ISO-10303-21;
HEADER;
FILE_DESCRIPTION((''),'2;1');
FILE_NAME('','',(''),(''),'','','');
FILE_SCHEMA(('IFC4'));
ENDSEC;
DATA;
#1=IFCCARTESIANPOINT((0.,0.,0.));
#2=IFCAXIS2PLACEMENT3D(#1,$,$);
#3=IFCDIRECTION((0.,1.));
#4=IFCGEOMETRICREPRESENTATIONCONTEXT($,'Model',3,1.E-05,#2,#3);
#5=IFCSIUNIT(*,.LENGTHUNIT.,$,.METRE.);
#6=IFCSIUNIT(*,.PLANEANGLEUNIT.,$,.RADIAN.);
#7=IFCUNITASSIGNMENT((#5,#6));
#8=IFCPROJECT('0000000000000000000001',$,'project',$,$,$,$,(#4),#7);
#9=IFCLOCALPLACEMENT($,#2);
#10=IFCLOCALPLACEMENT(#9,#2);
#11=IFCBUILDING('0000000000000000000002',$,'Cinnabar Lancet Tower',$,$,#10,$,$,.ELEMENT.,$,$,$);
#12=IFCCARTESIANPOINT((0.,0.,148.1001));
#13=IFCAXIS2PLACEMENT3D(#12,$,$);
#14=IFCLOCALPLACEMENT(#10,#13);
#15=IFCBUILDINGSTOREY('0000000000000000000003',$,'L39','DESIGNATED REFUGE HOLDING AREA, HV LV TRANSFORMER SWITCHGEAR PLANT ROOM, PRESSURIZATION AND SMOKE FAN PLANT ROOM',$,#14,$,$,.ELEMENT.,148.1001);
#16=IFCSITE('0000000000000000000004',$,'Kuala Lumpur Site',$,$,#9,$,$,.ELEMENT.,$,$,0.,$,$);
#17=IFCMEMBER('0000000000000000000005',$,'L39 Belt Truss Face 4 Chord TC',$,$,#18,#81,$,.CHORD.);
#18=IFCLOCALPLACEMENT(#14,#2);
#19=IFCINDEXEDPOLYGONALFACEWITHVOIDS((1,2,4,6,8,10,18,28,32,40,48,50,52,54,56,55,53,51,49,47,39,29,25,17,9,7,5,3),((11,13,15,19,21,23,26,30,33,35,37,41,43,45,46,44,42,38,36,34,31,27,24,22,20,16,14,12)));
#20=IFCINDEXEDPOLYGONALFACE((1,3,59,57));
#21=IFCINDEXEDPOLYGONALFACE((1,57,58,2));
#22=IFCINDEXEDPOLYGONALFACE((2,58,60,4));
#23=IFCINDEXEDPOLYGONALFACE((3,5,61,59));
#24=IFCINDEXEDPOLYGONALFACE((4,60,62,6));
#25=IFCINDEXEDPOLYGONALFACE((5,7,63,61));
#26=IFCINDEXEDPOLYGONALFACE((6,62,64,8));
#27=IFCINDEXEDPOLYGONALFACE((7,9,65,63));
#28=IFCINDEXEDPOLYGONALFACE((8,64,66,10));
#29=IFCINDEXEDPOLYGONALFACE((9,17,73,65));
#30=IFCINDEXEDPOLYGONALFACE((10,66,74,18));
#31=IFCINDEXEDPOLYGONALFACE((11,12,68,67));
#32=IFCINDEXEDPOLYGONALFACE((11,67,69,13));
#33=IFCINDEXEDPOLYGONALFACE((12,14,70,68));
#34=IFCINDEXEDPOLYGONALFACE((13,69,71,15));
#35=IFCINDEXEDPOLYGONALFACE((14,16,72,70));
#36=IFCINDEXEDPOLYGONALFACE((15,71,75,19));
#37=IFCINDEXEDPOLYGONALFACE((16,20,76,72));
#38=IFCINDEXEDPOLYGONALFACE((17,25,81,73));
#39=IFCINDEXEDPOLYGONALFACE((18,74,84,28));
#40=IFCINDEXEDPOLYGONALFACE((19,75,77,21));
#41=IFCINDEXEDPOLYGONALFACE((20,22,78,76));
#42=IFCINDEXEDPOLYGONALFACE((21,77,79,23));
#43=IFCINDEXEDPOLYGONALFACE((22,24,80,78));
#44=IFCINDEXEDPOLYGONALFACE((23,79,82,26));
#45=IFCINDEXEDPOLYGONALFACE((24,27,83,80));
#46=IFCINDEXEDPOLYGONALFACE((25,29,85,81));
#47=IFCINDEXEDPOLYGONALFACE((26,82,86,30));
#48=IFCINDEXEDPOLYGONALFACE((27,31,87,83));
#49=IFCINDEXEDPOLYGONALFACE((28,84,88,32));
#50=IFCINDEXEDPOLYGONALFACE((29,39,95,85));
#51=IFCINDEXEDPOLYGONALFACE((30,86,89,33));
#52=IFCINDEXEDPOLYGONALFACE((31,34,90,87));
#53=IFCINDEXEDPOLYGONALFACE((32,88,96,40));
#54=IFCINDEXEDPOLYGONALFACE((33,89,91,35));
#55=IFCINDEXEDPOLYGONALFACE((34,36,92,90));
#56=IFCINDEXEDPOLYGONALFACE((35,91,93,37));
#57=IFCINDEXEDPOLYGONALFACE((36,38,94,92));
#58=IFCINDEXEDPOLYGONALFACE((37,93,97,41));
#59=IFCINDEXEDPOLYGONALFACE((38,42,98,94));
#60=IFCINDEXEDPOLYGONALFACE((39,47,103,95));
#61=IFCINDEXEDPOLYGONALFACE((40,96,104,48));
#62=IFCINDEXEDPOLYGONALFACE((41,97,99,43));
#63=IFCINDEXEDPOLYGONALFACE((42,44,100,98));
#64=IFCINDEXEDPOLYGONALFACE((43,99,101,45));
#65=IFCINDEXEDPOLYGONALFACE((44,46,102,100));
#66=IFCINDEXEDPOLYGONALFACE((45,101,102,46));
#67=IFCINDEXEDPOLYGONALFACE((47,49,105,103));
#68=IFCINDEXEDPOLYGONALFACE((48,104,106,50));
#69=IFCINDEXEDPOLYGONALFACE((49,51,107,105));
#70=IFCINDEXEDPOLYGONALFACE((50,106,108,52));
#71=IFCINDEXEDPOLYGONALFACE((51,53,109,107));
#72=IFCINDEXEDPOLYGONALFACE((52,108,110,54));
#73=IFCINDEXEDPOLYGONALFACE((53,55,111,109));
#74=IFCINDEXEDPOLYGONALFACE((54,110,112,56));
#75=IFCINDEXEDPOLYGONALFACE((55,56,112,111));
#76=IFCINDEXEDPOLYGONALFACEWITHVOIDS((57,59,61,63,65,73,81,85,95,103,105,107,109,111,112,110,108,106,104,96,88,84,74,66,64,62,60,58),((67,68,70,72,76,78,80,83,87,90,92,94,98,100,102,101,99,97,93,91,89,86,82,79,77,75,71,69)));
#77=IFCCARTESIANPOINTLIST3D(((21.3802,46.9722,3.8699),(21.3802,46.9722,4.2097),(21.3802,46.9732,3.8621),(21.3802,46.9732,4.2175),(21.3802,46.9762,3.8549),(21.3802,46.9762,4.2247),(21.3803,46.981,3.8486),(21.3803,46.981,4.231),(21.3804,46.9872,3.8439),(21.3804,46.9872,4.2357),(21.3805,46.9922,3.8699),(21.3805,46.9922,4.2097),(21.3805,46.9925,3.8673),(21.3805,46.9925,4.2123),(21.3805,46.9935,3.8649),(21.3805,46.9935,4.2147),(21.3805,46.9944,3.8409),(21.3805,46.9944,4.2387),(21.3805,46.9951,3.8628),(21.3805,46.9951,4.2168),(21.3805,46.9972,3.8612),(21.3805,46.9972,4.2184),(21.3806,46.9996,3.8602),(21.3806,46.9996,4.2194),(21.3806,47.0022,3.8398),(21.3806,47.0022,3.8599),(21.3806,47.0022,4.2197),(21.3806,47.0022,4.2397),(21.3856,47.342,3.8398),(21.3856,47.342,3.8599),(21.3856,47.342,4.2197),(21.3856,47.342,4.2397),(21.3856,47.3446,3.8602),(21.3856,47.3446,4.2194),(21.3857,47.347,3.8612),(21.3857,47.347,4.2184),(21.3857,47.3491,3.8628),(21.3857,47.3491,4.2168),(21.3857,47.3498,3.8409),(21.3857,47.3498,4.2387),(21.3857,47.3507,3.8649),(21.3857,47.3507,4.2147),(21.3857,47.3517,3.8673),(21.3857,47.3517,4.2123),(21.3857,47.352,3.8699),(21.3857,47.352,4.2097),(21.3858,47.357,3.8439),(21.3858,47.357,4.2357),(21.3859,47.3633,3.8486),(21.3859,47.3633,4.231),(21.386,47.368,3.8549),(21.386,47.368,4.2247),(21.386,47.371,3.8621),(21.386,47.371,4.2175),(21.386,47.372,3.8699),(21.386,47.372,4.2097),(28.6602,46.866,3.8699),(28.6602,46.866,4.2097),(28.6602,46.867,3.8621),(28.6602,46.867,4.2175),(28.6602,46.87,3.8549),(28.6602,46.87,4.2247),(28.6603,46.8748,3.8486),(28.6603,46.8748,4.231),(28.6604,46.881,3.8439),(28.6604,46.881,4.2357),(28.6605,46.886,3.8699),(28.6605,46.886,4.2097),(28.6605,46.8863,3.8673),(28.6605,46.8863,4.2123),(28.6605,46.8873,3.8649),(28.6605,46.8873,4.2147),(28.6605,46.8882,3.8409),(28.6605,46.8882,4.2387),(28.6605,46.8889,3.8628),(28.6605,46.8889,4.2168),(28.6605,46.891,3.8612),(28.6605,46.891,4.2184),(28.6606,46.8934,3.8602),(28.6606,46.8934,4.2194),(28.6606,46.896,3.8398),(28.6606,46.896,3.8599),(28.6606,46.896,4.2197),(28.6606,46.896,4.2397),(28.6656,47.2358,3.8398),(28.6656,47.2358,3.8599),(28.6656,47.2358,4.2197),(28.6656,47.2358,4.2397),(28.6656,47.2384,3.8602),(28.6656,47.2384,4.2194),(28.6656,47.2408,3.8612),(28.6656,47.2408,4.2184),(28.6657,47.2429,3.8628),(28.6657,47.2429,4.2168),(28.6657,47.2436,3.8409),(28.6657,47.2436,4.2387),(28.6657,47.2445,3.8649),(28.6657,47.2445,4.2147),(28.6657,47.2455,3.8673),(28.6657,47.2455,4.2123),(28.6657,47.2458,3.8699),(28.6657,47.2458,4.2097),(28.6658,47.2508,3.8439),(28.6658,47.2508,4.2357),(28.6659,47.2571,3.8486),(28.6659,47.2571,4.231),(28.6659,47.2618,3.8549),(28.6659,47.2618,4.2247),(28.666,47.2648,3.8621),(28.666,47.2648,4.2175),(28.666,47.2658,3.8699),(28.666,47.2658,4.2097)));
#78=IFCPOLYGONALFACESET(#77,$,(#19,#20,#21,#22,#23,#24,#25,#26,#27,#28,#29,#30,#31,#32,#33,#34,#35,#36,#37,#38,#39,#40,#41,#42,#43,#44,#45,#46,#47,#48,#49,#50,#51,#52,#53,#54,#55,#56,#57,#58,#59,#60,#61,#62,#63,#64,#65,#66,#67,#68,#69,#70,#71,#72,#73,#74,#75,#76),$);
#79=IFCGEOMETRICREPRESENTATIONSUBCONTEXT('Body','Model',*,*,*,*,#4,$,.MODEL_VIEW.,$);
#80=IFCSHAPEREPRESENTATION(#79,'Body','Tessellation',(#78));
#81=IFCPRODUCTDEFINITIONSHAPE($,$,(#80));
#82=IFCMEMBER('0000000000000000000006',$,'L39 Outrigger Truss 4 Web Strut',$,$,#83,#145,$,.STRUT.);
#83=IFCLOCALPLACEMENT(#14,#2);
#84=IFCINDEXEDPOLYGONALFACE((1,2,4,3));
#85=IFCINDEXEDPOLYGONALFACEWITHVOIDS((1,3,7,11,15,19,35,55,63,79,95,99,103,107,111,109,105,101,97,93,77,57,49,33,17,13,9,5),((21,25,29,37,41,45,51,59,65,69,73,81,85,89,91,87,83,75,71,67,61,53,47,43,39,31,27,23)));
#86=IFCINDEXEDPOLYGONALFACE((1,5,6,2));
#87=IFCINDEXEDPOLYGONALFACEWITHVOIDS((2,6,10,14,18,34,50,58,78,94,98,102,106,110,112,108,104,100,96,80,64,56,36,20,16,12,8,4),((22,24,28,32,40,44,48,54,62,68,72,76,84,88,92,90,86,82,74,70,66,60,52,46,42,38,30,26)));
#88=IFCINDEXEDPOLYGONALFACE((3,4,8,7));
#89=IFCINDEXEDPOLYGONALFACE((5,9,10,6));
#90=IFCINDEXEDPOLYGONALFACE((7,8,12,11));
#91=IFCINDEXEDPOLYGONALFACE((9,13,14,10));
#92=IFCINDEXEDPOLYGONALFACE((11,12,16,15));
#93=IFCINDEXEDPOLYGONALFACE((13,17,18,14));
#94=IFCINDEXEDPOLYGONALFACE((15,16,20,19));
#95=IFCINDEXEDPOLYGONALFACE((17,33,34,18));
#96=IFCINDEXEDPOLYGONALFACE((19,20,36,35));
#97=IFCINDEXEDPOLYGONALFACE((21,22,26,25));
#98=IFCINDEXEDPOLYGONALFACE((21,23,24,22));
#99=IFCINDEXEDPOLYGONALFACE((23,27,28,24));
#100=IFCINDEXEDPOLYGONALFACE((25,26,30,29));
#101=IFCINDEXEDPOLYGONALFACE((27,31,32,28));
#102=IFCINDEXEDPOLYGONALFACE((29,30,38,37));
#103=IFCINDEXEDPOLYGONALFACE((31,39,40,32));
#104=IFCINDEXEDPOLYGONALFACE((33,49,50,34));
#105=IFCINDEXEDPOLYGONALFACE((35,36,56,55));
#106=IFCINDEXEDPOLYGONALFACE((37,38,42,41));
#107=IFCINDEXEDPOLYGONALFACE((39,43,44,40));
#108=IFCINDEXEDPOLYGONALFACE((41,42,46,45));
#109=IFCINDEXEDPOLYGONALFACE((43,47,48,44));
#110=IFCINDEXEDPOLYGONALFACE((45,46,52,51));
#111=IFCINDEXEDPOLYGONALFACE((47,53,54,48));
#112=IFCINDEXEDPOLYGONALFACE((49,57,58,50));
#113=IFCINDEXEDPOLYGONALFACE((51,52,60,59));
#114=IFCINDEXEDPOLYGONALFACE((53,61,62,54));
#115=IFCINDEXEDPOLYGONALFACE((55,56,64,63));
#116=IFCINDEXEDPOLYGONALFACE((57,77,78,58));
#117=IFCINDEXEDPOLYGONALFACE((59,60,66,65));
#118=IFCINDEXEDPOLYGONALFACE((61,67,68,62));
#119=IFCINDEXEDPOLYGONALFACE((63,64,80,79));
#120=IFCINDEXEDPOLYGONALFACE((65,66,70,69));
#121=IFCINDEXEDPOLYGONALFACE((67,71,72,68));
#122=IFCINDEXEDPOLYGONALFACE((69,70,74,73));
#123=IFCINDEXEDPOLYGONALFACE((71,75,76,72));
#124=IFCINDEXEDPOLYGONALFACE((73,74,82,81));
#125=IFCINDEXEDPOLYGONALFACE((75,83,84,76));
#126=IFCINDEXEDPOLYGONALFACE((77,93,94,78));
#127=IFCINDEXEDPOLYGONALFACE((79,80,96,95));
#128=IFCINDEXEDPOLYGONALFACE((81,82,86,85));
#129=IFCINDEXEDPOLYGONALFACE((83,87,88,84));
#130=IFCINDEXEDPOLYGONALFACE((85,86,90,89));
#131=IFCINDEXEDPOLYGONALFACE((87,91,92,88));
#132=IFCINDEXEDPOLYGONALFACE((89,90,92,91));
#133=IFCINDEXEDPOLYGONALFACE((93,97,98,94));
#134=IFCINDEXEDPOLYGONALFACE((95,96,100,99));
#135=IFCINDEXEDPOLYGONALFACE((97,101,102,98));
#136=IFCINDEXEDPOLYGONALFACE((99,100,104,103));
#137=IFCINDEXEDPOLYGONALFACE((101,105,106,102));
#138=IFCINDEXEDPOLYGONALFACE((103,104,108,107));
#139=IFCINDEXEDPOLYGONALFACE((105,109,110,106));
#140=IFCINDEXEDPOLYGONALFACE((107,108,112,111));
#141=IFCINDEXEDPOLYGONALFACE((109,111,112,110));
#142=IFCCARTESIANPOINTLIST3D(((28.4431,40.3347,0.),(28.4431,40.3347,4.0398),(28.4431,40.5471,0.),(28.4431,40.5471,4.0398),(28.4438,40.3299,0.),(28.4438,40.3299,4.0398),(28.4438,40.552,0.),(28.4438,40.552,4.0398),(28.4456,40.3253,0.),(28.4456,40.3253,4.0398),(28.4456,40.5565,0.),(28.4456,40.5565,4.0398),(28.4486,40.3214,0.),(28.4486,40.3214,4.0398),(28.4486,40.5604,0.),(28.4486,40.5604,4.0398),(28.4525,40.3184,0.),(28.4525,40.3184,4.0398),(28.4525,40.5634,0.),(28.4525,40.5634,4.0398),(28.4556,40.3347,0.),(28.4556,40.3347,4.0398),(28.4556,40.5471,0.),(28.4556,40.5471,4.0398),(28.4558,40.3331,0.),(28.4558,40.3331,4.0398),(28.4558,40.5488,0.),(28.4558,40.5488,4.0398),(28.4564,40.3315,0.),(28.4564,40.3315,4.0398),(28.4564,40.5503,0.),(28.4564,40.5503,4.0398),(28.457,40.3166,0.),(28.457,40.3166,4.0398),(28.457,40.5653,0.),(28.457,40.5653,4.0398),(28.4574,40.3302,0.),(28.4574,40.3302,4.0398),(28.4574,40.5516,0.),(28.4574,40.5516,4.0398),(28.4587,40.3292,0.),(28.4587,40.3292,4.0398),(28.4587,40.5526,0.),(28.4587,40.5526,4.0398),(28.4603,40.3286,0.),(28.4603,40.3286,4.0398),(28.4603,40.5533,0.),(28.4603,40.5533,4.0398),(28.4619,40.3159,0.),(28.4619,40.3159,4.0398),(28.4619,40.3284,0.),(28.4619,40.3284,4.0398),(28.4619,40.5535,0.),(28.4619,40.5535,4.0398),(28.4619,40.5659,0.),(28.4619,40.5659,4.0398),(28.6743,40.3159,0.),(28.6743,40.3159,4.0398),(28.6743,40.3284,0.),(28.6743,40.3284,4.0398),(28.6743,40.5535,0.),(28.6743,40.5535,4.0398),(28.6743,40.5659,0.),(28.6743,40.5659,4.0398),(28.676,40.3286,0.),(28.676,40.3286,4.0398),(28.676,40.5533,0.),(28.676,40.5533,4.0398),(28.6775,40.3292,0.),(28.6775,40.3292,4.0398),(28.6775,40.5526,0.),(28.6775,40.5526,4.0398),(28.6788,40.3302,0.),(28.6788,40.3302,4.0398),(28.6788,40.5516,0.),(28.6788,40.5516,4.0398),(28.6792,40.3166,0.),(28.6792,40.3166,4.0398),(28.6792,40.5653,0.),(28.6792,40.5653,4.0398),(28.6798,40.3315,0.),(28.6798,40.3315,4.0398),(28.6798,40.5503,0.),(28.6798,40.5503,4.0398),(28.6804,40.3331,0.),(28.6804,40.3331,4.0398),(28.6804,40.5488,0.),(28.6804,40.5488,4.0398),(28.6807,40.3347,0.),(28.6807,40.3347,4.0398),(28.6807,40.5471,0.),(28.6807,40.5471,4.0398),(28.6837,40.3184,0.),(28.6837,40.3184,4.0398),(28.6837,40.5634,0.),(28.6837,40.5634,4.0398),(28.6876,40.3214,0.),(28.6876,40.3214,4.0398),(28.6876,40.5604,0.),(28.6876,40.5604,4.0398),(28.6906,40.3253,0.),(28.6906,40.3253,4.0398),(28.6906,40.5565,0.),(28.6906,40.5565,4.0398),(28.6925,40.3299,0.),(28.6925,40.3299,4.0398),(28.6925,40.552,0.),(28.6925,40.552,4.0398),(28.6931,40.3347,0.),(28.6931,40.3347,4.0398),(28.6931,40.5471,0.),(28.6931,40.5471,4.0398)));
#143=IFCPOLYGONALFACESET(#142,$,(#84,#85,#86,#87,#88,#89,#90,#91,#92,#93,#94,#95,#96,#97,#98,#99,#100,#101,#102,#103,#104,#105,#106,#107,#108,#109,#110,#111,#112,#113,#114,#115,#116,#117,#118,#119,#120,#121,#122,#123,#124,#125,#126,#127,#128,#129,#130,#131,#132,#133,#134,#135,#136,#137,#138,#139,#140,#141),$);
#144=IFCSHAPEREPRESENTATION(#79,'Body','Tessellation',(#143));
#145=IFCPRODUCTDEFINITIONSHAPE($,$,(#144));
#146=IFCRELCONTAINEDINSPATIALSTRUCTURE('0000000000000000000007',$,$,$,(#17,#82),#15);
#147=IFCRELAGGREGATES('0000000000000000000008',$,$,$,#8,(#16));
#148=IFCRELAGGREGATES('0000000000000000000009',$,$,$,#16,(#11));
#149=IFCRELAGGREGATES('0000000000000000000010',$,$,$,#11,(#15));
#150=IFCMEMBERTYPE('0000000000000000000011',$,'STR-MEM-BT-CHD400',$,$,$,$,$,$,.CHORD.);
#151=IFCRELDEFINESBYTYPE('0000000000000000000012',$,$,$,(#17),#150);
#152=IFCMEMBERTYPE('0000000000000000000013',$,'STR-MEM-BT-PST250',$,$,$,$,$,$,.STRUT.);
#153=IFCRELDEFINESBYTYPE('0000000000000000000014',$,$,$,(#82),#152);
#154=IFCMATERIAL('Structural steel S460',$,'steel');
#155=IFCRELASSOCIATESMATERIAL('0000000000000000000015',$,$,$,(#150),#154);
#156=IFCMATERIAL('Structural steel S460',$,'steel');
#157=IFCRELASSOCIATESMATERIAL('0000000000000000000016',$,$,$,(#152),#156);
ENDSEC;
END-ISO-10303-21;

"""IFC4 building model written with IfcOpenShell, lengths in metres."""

from ifc_helpers import new_model, si_unit, direction, frame, origin, origin_2d, place, context, subcontext, project, spatial, hollow_rectangle, extrude, material, material_profile, profile_set, type_object, element, save


model = new_model("IFC4")

# Units and contexts
model_context = context("Model", 3, precision=1e-05, world=origin(), true_north=direction((0.0, 1.0)))
body_context = subcontext(model_context, "Body", "Model", "MODEL_VIEW")
ifc_project = project(units=[si_unit("LENGTHUNIT", "METRE"), si_unit("PLANEANGLEUNIT", "RADIAN")], contexts=[model_context])

# Site, building, storey
site_placement = place(None, origin())
site = spatial("IfcSite", under=ifc_project, at=site_placement, Name="Kuala Lumpur Site", CompositionType="ELEMENT", RefElevation=0.0)
building_placement = place(site_placement, origin())
building = spatial("IfcBuilding", under=site, at=building_placement, Name="Cinnabar Lancet Tower", CompositionType="ELEMENT")
storey_placement = place(building_placement, frame((0.0, 0.0, 148.1001)))
storey = spatial("IfcBuildingStorey", under=building, at=storey_placement, Name="L39", Description="DESIGNATED REFUGE HOLDING AREA, HV LV TRANSFORMER SWITCHGEAR PLANT ROOM, PRESSURIZATION AND SMOKE FAN PLANT ROOM", CompositionType="ELEMENT", Elevation=148.1001)

# Members
ifc_material_1 = material(Name="Structural steel S460", Category="steel")
ifc_material_profile_1 = material_profile(ifc_material_1, hollow_rectangle(XDim=0.3999, YDim=0.3999, WallThickness=0.02, InnerFilletRadius=0.01, OuterFilletRadius=0.03, at=origin_2d()), Name="SHS 400x400x20")
ifc_profile_set_1 = profile_set([ifc_material_profile_1], Name="Structural steel S460")
member_type_1 = type_object("IfcMemberType", Name="STR-MEM-BT-CHD400", PredefinedType="CHORD", material=ifc_profile_set_1)
for number, where, z_axis, x_axis, name in (
    (1, (28.6631, 47.0659, 4.0398), (-0.999894, 0.014586, 0.0), (-0.014586, -0.999894, 0.0), "L39 Belt Truss Face 4 Chord TC"),
):
    element("IfcMember", number, at=place(storey_placement, frame(where, z_axis=z_axis, x_axis=x_axis)), inside=storey, type_object=member_type_1, Name=name, PredefinedType="CHORD", context=body_context, shape_type="SweptSolid", body=[
        extrude(hollow_rectangle(XDim=0.3999, YDim=0.3999, WallThickness=0.02, InnerFilletRadius=0.01, OuterFilletRadius=0.03, at=origin_2d()), origin(), (0.0, 0.0, 1.0), 7.2808),
    ])
ifc_material_2 = material(Name="Structural steel S460", Category="steel")
ifc_material_profile_2 = material_profile(ifc_material_2, hollow_rectangle(XDim=0.25, YDim=0.25, WallThickness=0.0125, InnerFilletRadius=0.0063, OuterFilletRadius=0.0188, at=origin_2d()), Name="SHS 250x250x12.5")
ifc_profile_set_2 = profile_set([ifc_material_profile_2], Name="Structural steel S460")
member_type_2 = type_object("IfcMemberType", Name="STR-MEM-BT-PST250", PredefinedType="STRUT", material=ifc_profile_set_2)
member_1_placement = place(storey_placement, frame((28.5681, 40.4409, 0.0), z_axis=(0.0, 0.0, 1.0), x_axis=(1.0, 0.0, 0.0)))
element("IfcMember", 2, at=member_1_placement, inside=storey, type_object=member_type_2, Name="L39 Outrigger Truss 4 Web Strut", PredefinedType="STRUT", context=body_context, shape_type="SweptSolid", body=[
    extrude(hollow_rectangle(XDim=0.25, YDim=0.25, WallThickness=0.0125, InnerFilletRadius=0.0063, OuterFilletRadius=0.0188, at=origin_2d()), origin(), (0.0, 0.0, 1.0), 4.0398),
])

save(model, "model.ifc")
